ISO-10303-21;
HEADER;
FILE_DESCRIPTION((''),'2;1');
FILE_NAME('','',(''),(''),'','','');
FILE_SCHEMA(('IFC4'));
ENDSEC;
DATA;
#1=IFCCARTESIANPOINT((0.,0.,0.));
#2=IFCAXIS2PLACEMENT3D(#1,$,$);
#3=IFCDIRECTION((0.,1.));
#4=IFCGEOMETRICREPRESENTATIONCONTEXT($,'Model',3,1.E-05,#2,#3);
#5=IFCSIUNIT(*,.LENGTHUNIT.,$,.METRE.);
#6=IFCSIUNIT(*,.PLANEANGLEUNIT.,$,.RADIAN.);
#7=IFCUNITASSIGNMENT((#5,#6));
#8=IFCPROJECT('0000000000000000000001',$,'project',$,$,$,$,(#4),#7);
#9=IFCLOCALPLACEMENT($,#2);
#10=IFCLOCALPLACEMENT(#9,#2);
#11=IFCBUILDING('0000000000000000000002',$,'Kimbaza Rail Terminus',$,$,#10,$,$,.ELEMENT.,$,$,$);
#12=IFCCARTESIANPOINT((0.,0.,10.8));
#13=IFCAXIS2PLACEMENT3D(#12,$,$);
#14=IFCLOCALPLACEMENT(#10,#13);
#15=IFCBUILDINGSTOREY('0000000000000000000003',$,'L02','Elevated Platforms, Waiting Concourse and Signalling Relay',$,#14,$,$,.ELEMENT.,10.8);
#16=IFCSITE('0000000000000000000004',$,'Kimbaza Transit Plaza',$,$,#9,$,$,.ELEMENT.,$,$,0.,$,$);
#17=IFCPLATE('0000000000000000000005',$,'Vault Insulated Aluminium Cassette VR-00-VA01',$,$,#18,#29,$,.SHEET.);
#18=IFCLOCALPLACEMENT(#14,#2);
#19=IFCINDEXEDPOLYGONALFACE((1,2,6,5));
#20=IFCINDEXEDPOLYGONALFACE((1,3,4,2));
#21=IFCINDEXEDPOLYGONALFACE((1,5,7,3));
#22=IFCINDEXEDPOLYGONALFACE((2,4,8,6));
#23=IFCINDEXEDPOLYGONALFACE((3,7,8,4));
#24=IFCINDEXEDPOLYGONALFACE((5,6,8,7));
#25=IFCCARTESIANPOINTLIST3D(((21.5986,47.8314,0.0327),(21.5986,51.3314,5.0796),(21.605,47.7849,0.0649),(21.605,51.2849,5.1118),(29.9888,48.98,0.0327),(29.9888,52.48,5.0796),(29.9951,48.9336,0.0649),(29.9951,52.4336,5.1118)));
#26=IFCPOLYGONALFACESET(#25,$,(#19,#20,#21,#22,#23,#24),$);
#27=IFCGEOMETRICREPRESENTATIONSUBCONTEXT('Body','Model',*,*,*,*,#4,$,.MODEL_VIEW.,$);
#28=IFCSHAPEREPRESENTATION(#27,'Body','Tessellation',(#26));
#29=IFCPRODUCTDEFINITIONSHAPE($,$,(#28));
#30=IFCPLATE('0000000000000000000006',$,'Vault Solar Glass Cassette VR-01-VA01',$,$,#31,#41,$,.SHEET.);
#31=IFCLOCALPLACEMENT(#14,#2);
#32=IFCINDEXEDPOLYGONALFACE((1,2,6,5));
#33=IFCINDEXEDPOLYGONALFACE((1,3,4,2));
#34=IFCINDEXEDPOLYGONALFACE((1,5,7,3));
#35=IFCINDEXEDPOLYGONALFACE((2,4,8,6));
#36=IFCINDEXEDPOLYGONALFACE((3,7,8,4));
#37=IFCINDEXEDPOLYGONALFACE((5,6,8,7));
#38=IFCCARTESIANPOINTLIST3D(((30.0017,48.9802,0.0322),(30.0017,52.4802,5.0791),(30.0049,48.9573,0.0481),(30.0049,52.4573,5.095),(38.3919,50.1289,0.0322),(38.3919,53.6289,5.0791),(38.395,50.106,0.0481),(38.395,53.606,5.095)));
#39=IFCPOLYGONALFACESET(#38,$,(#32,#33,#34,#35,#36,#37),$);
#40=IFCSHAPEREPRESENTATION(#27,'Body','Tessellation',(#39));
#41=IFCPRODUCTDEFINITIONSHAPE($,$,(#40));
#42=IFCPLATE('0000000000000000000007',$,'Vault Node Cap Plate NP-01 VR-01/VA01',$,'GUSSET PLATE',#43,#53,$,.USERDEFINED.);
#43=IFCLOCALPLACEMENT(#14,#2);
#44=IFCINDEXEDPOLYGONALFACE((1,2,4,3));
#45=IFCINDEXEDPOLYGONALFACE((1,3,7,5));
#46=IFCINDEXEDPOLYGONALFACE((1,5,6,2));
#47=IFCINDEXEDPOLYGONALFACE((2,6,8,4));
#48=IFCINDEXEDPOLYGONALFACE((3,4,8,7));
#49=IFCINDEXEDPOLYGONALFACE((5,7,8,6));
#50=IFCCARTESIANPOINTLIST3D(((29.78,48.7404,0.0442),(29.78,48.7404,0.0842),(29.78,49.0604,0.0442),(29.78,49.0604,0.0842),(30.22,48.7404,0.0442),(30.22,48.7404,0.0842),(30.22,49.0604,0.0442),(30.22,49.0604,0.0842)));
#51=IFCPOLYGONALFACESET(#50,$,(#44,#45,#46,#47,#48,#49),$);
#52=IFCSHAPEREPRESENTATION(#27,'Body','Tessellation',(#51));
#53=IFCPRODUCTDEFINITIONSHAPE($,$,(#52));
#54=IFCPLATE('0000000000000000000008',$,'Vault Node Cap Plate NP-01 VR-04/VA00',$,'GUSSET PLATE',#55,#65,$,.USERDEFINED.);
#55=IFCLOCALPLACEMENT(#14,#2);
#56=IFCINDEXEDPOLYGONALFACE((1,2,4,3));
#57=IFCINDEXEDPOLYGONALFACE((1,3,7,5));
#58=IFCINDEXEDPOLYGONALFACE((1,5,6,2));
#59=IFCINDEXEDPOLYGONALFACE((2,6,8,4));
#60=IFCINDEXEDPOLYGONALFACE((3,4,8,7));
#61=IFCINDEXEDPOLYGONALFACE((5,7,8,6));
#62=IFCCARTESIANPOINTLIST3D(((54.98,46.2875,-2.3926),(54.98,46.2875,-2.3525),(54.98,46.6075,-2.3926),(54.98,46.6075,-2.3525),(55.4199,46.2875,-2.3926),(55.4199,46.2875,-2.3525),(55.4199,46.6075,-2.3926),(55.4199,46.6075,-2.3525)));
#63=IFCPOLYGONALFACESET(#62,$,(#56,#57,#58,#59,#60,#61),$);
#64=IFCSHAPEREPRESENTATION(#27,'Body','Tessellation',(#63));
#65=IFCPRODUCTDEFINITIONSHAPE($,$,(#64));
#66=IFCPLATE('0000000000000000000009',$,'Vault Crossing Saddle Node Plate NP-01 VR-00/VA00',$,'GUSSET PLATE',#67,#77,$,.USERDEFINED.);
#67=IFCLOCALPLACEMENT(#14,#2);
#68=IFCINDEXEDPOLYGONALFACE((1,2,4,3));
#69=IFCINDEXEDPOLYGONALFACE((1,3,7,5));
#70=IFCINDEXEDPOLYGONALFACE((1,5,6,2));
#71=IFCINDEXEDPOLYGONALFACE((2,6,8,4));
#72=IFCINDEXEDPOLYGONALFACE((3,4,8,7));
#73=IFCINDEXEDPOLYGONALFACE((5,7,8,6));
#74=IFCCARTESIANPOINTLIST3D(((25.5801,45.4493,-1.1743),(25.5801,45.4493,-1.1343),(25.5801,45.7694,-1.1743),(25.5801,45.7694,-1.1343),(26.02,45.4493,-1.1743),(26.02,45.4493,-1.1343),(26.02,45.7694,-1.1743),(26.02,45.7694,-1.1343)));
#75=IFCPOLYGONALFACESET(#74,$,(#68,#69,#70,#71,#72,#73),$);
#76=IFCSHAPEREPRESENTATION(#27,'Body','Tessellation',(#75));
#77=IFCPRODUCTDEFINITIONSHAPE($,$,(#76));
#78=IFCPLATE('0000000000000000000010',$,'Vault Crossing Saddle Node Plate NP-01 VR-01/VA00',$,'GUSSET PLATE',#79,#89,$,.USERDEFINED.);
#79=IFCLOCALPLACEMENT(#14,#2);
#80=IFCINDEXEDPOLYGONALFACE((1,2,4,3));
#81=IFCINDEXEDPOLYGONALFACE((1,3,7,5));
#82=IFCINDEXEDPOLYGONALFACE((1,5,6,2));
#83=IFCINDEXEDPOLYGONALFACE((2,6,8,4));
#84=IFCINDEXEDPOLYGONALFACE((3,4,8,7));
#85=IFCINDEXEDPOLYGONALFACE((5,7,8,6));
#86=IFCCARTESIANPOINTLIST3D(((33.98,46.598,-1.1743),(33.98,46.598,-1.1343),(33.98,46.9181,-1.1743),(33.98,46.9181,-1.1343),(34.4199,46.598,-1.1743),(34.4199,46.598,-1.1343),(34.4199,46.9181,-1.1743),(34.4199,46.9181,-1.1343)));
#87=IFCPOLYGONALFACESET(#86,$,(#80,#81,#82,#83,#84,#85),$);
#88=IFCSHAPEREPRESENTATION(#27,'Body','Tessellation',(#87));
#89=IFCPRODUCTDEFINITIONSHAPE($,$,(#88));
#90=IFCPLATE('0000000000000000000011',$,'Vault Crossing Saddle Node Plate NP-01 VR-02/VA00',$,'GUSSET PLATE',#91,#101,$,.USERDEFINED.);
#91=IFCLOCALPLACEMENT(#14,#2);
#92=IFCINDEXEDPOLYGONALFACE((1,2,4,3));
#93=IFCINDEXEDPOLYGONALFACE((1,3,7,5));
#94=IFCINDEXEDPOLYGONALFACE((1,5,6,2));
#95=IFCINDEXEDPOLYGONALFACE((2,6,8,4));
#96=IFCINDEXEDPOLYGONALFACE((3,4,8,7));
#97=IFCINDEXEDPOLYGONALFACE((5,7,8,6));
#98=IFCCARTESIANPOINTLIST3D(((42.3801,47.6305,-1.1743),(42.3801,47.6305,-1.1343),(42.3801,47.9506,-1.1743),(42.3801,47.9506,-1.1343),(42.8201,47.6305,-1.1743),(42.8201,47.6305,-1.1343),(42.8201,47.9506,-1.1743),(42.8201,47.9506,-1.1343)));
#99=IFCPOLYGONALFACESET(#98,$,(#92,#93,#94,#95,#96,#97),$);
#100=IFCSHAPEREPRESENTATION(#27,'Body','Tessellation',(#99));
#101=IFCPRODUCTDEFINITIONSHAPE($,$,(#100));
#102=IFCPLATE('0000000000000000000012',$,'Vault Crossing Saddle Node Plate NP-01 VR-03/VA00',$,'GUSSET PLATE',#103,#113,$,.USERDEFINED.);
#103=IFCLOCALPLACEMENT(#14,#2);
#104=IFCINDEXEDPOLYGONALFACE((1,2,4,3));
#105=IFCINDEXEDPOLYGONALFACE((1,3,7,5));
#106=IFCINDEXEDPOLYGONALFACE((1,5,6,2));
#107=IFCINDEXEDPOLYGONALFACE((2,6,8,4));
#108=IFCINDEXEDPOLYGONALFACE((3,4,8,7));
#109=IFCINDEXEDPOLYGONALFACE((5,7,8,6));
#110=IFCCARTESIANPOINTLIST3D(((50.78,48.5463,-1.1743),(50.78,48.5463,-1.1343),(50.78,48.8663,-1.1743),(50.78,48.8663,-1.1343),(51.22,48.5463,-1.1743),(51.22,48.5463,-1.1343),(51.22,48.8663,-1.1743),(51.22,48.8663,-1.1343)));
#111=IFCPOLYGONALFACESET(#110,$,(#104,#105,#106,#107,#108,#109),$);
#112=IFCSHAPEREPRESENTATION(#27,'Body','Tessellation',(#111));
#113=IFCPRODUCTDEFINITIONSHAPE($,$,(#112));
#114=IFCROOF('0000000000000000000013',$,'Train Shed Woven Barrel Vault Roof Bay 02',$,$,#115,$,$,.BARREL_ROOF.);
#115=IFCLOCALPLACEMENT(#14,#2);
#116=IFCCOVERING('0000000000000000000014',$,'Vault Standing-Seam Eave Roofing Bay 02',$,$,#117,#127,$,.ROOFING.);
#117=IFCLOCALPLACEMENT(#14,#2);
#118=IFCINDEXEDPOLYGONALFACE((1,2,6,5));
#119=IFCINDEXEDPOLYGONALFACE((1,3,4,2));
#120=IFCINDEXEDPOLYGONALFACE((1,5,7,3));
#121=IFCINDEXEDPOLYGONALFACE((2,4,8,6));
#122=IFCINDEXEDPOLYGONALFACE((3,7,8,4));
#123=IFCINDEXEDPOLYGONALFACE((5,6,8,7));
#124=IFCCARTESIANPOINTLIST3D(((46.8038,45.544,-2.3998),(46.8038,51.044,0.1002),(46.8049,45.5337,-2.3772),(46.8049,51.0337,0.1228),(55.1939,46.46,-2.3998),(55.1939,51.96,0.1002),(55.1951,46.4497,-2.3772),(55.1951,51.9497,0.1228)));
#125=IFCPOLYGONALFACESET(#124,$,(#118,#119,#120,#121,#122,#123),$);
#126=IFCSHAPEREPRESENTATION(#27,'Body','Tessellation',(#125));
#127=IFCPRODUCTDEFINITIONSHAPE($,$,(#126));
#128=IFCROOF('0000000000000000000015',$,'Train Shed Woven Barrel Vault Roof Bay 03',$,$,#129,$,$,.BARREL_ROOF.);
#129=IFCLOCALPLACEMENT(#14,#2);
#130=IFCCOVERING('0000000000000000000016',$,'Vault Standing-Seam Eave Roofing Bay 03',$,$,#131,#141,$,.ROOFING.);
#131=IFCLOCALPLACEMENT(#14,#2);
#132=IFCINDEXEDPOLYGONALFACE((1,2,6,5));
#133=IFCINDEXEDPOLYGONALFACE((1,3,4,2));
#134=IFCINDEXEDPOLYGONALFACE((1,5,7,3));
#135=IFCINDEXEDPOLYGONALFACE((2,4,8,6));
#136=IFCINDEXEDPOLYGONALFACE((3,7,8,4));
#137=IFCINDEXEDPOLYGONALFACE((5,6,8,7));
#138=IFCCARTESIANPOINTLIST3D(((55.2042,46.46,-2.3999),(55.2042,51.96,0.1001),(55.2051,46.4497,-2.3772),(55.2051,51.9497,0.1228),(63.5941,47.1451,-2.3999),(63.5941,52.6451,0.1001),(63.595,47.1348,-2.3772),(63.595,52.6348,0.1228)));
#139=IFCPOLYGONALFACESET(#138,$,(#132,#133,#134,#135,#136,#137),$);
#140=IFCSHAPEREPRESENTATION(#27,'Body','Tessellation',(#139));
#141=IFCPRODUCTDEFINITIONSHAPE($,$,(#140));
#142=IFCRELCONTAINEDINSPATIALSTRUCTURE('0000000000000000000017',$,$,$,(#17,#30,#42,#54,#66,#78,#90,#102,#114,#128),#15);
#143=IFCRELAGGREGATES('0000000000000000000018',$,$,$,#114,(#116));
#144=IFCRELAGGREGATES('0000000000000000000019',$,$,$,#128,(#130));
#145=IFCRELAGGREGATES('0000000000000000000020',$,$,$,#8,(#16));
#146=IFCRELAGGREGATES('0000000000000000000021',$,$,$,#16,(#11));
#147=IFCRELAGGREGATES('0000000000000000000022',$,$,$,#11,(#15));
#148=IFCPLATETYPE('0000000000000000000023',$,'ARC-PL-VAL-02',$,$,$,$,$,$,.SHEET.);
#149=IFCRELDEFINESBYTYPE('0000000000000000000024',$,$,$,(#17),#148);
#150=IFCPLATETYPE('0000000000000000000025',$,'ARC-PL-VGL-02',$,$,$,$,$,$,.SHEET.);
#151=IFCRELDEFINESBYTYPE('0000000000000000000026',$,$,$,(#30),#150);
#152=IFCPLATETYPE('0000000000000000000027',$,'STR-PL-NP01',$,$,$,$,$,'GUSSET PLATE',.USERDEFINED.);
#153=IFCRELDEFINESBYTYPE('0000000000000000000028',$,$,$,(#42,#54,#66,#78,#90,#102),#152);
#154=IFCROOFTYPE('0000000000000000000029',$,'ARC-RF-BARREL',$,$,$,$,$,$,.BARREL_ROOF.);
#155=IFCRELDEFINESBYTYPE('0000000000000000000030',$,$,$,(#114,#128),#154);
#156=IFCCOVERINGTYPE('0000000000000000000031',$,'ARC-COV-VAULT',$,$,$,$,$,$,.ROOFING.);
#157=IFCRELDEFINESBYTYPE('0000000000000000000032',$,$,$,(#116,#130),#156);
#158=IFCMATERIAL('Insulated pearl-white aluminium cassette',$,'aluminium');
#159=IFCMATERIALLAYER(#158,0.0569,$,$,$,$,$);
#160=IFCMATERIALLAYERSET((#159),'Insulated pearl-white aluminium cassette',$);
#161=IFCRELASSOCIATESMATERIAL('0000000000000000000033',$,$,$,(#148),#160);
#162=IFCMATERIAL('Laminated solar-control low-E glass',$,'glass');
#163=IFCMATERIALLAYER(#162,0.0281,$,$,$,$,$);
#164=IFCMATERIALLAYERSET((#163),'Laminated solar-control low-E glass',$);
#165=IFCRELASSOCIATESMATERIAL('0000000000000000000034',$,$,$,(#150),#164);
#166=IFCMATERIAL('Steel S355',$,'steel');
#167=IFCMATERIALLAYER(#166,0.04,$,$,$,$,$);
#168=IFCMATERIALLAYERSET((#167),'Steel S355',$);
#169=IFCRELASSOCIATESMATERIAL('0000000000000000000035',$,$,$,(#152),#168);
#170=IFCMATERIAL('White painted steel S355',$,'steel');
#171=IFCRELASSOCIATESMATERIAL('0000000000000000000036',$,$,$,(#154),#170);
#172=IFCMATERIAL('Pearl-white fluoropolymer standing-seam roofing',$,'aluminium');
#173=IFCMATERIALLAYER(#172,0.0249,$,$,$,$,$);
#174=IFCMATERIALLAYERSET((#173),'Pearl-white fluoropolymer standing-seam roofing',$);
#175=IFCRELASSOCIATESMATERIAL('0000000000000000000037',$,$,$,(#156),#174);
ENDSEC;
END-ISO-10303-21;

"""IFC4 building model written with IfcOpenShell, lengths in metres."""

from ifc_helpers import new_model, si_unit, direction, frame, origin, origin_2d, place, context, subcontext, project, spatial, polyline, rectangle, outline, extrude, material, layer, layer_set, type_object, element, aggregate, save


model = new_model("IFC4")

# Units and contexts
model_context = context("Model", 3, precision=1e-05, world=origin(), true_north=direction((0.0, 1.0)))
body_context = subcontext(model_context, "Body", "Model", "MODEL_VIEW")
ifc_project = project(units=[si_unit("LENGTHUNIT", "METRE"), si_unit("PLANEANGLEUNIT", "RADIAN")], contexts=[model_context])

# Site, building, storey
site_placement = place(None, origin())
site = spatial("IfcSite", under=ifc_project, at=site_placement, Name="Kimbaza Transit Plaza", CompositionType="ELEMENT", RefElevation=0.0)
building_placement = place(site_placement, origin())
building = spatial("IfcBuilding", under=site, at=building_placement, Name="Kimbaza Rail Terminus", CompositionType="ELEMENT")
storey_placement = place(building_placement, frame((0.0, 0.0, 10.8)))
storey = spatial("IfcBuildingStorey", under=building, at=storey_placement, Name="L02", Description="Elevated Platforms, Waiting Concourse and Signalling Relay", CompositionType="ELEMENT", Elevation=10.8)

# Plates
ifc_material_1 = material(Name="Insulated pearl-white aluminium cassette", Category="aluminium")
ifc_layer_1 = layer(ifc_material_1, 0.0569)
ifc_layer_set_1 = layer_set([ifc_layer_1], Name="Insulated pearl-white aluminium cassette")
plate_type_1 = type_object("IfcPlateType", Name="ARC-PL-VAL-02", PredefinedType="SHEET", material=ifc_layer_set_1)
plate_1_placement = place(storey_placement, frame((21.605, 47.7849, 0.0649), z_axis=(0.111797, -0.816583, 0.566299), x_axis=(0.990758, 0.135643, 0.0)))
element("IfcPlate", 1, at=plate_1_placement, inside=storey, type_object=plate_type_1, Name="Vault Insulated Aluminium Cassette VR-00-VA01", PredefinedType="SHEET", context=body_context, shape_type="SweptSolid", body=[
    extrude(outline(polyline([(0.0, 0.0), (8.4684, 0.0), (8.9432, 6.1234), (0.4748, 6.1234), (0.0, 0.0)])), origin(), (0.0, 0.0, -1.0), 0.0569),
])
ifc_material_2 = material(Name="Laminated solar-control low-E glass", Category="glass")
ifc_layer_2 = layer(ifc_material_2, 0.0281)
ifc_layer_set_2 = layer_set([ifc_layer_2], Name="Laminated solar-control low-E glass")
plate_type_2 = type_object("IfcPlateType", Name="ARC-PL-VGL-02", PredefinedType="SHEET", material=ifc_layer_set_2)
plate_2_placement = place(storey_placement, frame((30.0049, 48.9573, 0.0481), z_axis=(0.111797, -0.816583, 0.566299), x_axis=(0.990758, 0.135643, 0.0)))
element("IfcPlate", 2, at=plate_2_placement, inside=storey, type_object=plate_type_2, Name="Vault Solar Glass Cassette VR-01-VA01", PredefinedType="SHEET", context=body_context, shape_type="SweptSolid", body=[
    extrude(outline(polyline([(0.0, 0.0), (8.4684, 0.0), (8.9432, 6.1234), (0.4748, 6.1234), (0.0, 0.0)])), origin(), (0.0, 0.0, -1.0), 0.0281),
])
ifc_material_3 = material(Name="Steel S355", Category="steel")
ifc_layer_3 = layer(ifc_material_3, 0.04)
ifc_layer_set_3 = layer_set([ifc_layer_3], Name="Steel S355")
plate_type_3 = type_object("IfcPlateType", Name="STR-PL-NP01", ElementType="GUSSET PLATE", PredefinedType="USERDEFINED", material=ifc_layer_set_3)
for number, where, z_axis, x_axis, name in (
    (3, (30.0, 48.9004, 0.0442), (0.0, 0.0, 1.0), (1.0, 0.0, 0.0), "Vault Node Cap Plate NP-01 VR-01/VA01"),
    (4, (55.2, 46.4475, -2.3926), (0.0, 0.0, 1.0), (1.0, 0.0, 0.0), "Vault Node Cap Plate NP-01 VR-04/VA00"),
    (5, (25.8, 45.6094, -1.1743), (0.0, 0.0, 1.0), (1.0, 0.0, 0.0), "Vault Crossing Saddle Node Plate NP-01 VR-00/VA00"),
    (6, (34.2, 46.7581, -1.1743), (0.0, 0.0, 1.0), (1.0, 0.0, 0.0), "Vault Crossing Saddle Node Plate NP-01 VR-01/VA00"),
    (7, (42.6001, 47.7905, -1.1743), (0.0, 0.0, 1.0), (1.0, 0.0, 0.0), "Vault Crossing Saddle Node Plate NP-01 VR-02/VA00"),
    (8, (51.0, 48.7063, -1.1743), (0.0, 0.0, 1.0), (1.0, 0.0, 0.0), "Vault Crossing Saddle Node Plate NP-01 VR-03/VA00"),
):
    element("IfcPlate", number, at=place(storey_placement, frame(where, z_axis=z_axis, x_axis=x_axis)), inside=storey, type_object=plate_type_3, Name=name, ObjectType="GUSSET PLATE", PredefinedType="USERDEFINED", context=body_context, shape_type="SweptSolid", body=[
        extrude(rectangle(XDim=0.4399, YDim=0.3201, at=origin_2d()), origin(), (0.0, 0.0, 1.0), 0.04),
    ])

# Roofs, coverings
ifc_material_4 = material(Name="White painted steel S355", Category="steel")
roof_type = type_object("IfcRoofType", Name="ARC-RF-BARREL", PredefinedType="BARREL_ROOF", material=ifc_material_4)
roof_1_placement = place(storey_placement, origin())
roof_1 = element("IfcRoof", 9, at=roof_1_placement, inside=storey, type_object=roof_type, Name="Train Shed Woven Barrel Vault Roof Bay 02", PredefinedType="BARREL_ROOF")
ifc_material_5 = material(Name="Pearl-white fluoropolymer standing-seam roofing", Category="aluminium")
ifc_layer_4 = layer(ifc_material_5, 0.0249)
ifc_layer_set_4 = layer_set([ifc_layer_4], Name="Pearl-white fluoropolymer standing-seam roofing")
covering_type = type_object("IfcCoveringType", Name="ARC-COV-VAULT", PredefinedType="ROOFING", material=ifc_layer_set_4)
covering_1_placement = place(storey_placement, frame((46.8049, 45.5337, -2.3772), z_axis=(0.045132, -0.413381, 0.909439), x_axis=(0.994093, 0.108533, 0.0)))
covering_1 = element("IfcCovering", 10, at=covering_1_placement, type_object=covering_type, Name="Vault Standing-Seam Eave Roofing Bay 02", PredefinedType="ROOFING", context=body_context, shape_type="SweptSolid", body=[
    extrude(outline(polyline([(0.0, 0.0), (8.44, 0.0), (9.0369, 6.012), (0.5969, 6.012), (0.0, 0.0)])), origin(), (0.0, 0.0, -1.0), 0.0249),
])
aggregate(roof_1, [covering_1])
roof_2_placement = place(storey_placement, origin())
roof_2 = element("IfcRoof", 11, at=roof_2_placement, inside=storey, type_object=roof_type, Name="Train Shed Woven Barrel Vault Roof Bay 03", PredefinedType="BARREL_ROOF")
covering_2_placement = place(storey_placement, frame((55.2051, 46.4497, -2.3772), z_axis=(0.033769, -0.413567, 0.909847), x_axis=(0.996683, 0.081382, 0.0)))
covering_2 = element("IfcCovering", 12, at=covering_2_placement, type_object=covering_type, Name="Vault Standing-Seam Eave Roofing Bay 03", PredefinedType="ROOFING", context=body_context, shape_type="SweptSolid", body=[
    extrude(outline(polyline([(0.0, 0.0), (8.4178, 0.0), (8.8654, 6.0249), (0.4476, 6.0249), (0.0, 0.0)])), origin(), (0.0, 0.0, -1.0), 0.0249),
])
aggregate(roof_2, [covering_2])

save(model, "model.ifc")
